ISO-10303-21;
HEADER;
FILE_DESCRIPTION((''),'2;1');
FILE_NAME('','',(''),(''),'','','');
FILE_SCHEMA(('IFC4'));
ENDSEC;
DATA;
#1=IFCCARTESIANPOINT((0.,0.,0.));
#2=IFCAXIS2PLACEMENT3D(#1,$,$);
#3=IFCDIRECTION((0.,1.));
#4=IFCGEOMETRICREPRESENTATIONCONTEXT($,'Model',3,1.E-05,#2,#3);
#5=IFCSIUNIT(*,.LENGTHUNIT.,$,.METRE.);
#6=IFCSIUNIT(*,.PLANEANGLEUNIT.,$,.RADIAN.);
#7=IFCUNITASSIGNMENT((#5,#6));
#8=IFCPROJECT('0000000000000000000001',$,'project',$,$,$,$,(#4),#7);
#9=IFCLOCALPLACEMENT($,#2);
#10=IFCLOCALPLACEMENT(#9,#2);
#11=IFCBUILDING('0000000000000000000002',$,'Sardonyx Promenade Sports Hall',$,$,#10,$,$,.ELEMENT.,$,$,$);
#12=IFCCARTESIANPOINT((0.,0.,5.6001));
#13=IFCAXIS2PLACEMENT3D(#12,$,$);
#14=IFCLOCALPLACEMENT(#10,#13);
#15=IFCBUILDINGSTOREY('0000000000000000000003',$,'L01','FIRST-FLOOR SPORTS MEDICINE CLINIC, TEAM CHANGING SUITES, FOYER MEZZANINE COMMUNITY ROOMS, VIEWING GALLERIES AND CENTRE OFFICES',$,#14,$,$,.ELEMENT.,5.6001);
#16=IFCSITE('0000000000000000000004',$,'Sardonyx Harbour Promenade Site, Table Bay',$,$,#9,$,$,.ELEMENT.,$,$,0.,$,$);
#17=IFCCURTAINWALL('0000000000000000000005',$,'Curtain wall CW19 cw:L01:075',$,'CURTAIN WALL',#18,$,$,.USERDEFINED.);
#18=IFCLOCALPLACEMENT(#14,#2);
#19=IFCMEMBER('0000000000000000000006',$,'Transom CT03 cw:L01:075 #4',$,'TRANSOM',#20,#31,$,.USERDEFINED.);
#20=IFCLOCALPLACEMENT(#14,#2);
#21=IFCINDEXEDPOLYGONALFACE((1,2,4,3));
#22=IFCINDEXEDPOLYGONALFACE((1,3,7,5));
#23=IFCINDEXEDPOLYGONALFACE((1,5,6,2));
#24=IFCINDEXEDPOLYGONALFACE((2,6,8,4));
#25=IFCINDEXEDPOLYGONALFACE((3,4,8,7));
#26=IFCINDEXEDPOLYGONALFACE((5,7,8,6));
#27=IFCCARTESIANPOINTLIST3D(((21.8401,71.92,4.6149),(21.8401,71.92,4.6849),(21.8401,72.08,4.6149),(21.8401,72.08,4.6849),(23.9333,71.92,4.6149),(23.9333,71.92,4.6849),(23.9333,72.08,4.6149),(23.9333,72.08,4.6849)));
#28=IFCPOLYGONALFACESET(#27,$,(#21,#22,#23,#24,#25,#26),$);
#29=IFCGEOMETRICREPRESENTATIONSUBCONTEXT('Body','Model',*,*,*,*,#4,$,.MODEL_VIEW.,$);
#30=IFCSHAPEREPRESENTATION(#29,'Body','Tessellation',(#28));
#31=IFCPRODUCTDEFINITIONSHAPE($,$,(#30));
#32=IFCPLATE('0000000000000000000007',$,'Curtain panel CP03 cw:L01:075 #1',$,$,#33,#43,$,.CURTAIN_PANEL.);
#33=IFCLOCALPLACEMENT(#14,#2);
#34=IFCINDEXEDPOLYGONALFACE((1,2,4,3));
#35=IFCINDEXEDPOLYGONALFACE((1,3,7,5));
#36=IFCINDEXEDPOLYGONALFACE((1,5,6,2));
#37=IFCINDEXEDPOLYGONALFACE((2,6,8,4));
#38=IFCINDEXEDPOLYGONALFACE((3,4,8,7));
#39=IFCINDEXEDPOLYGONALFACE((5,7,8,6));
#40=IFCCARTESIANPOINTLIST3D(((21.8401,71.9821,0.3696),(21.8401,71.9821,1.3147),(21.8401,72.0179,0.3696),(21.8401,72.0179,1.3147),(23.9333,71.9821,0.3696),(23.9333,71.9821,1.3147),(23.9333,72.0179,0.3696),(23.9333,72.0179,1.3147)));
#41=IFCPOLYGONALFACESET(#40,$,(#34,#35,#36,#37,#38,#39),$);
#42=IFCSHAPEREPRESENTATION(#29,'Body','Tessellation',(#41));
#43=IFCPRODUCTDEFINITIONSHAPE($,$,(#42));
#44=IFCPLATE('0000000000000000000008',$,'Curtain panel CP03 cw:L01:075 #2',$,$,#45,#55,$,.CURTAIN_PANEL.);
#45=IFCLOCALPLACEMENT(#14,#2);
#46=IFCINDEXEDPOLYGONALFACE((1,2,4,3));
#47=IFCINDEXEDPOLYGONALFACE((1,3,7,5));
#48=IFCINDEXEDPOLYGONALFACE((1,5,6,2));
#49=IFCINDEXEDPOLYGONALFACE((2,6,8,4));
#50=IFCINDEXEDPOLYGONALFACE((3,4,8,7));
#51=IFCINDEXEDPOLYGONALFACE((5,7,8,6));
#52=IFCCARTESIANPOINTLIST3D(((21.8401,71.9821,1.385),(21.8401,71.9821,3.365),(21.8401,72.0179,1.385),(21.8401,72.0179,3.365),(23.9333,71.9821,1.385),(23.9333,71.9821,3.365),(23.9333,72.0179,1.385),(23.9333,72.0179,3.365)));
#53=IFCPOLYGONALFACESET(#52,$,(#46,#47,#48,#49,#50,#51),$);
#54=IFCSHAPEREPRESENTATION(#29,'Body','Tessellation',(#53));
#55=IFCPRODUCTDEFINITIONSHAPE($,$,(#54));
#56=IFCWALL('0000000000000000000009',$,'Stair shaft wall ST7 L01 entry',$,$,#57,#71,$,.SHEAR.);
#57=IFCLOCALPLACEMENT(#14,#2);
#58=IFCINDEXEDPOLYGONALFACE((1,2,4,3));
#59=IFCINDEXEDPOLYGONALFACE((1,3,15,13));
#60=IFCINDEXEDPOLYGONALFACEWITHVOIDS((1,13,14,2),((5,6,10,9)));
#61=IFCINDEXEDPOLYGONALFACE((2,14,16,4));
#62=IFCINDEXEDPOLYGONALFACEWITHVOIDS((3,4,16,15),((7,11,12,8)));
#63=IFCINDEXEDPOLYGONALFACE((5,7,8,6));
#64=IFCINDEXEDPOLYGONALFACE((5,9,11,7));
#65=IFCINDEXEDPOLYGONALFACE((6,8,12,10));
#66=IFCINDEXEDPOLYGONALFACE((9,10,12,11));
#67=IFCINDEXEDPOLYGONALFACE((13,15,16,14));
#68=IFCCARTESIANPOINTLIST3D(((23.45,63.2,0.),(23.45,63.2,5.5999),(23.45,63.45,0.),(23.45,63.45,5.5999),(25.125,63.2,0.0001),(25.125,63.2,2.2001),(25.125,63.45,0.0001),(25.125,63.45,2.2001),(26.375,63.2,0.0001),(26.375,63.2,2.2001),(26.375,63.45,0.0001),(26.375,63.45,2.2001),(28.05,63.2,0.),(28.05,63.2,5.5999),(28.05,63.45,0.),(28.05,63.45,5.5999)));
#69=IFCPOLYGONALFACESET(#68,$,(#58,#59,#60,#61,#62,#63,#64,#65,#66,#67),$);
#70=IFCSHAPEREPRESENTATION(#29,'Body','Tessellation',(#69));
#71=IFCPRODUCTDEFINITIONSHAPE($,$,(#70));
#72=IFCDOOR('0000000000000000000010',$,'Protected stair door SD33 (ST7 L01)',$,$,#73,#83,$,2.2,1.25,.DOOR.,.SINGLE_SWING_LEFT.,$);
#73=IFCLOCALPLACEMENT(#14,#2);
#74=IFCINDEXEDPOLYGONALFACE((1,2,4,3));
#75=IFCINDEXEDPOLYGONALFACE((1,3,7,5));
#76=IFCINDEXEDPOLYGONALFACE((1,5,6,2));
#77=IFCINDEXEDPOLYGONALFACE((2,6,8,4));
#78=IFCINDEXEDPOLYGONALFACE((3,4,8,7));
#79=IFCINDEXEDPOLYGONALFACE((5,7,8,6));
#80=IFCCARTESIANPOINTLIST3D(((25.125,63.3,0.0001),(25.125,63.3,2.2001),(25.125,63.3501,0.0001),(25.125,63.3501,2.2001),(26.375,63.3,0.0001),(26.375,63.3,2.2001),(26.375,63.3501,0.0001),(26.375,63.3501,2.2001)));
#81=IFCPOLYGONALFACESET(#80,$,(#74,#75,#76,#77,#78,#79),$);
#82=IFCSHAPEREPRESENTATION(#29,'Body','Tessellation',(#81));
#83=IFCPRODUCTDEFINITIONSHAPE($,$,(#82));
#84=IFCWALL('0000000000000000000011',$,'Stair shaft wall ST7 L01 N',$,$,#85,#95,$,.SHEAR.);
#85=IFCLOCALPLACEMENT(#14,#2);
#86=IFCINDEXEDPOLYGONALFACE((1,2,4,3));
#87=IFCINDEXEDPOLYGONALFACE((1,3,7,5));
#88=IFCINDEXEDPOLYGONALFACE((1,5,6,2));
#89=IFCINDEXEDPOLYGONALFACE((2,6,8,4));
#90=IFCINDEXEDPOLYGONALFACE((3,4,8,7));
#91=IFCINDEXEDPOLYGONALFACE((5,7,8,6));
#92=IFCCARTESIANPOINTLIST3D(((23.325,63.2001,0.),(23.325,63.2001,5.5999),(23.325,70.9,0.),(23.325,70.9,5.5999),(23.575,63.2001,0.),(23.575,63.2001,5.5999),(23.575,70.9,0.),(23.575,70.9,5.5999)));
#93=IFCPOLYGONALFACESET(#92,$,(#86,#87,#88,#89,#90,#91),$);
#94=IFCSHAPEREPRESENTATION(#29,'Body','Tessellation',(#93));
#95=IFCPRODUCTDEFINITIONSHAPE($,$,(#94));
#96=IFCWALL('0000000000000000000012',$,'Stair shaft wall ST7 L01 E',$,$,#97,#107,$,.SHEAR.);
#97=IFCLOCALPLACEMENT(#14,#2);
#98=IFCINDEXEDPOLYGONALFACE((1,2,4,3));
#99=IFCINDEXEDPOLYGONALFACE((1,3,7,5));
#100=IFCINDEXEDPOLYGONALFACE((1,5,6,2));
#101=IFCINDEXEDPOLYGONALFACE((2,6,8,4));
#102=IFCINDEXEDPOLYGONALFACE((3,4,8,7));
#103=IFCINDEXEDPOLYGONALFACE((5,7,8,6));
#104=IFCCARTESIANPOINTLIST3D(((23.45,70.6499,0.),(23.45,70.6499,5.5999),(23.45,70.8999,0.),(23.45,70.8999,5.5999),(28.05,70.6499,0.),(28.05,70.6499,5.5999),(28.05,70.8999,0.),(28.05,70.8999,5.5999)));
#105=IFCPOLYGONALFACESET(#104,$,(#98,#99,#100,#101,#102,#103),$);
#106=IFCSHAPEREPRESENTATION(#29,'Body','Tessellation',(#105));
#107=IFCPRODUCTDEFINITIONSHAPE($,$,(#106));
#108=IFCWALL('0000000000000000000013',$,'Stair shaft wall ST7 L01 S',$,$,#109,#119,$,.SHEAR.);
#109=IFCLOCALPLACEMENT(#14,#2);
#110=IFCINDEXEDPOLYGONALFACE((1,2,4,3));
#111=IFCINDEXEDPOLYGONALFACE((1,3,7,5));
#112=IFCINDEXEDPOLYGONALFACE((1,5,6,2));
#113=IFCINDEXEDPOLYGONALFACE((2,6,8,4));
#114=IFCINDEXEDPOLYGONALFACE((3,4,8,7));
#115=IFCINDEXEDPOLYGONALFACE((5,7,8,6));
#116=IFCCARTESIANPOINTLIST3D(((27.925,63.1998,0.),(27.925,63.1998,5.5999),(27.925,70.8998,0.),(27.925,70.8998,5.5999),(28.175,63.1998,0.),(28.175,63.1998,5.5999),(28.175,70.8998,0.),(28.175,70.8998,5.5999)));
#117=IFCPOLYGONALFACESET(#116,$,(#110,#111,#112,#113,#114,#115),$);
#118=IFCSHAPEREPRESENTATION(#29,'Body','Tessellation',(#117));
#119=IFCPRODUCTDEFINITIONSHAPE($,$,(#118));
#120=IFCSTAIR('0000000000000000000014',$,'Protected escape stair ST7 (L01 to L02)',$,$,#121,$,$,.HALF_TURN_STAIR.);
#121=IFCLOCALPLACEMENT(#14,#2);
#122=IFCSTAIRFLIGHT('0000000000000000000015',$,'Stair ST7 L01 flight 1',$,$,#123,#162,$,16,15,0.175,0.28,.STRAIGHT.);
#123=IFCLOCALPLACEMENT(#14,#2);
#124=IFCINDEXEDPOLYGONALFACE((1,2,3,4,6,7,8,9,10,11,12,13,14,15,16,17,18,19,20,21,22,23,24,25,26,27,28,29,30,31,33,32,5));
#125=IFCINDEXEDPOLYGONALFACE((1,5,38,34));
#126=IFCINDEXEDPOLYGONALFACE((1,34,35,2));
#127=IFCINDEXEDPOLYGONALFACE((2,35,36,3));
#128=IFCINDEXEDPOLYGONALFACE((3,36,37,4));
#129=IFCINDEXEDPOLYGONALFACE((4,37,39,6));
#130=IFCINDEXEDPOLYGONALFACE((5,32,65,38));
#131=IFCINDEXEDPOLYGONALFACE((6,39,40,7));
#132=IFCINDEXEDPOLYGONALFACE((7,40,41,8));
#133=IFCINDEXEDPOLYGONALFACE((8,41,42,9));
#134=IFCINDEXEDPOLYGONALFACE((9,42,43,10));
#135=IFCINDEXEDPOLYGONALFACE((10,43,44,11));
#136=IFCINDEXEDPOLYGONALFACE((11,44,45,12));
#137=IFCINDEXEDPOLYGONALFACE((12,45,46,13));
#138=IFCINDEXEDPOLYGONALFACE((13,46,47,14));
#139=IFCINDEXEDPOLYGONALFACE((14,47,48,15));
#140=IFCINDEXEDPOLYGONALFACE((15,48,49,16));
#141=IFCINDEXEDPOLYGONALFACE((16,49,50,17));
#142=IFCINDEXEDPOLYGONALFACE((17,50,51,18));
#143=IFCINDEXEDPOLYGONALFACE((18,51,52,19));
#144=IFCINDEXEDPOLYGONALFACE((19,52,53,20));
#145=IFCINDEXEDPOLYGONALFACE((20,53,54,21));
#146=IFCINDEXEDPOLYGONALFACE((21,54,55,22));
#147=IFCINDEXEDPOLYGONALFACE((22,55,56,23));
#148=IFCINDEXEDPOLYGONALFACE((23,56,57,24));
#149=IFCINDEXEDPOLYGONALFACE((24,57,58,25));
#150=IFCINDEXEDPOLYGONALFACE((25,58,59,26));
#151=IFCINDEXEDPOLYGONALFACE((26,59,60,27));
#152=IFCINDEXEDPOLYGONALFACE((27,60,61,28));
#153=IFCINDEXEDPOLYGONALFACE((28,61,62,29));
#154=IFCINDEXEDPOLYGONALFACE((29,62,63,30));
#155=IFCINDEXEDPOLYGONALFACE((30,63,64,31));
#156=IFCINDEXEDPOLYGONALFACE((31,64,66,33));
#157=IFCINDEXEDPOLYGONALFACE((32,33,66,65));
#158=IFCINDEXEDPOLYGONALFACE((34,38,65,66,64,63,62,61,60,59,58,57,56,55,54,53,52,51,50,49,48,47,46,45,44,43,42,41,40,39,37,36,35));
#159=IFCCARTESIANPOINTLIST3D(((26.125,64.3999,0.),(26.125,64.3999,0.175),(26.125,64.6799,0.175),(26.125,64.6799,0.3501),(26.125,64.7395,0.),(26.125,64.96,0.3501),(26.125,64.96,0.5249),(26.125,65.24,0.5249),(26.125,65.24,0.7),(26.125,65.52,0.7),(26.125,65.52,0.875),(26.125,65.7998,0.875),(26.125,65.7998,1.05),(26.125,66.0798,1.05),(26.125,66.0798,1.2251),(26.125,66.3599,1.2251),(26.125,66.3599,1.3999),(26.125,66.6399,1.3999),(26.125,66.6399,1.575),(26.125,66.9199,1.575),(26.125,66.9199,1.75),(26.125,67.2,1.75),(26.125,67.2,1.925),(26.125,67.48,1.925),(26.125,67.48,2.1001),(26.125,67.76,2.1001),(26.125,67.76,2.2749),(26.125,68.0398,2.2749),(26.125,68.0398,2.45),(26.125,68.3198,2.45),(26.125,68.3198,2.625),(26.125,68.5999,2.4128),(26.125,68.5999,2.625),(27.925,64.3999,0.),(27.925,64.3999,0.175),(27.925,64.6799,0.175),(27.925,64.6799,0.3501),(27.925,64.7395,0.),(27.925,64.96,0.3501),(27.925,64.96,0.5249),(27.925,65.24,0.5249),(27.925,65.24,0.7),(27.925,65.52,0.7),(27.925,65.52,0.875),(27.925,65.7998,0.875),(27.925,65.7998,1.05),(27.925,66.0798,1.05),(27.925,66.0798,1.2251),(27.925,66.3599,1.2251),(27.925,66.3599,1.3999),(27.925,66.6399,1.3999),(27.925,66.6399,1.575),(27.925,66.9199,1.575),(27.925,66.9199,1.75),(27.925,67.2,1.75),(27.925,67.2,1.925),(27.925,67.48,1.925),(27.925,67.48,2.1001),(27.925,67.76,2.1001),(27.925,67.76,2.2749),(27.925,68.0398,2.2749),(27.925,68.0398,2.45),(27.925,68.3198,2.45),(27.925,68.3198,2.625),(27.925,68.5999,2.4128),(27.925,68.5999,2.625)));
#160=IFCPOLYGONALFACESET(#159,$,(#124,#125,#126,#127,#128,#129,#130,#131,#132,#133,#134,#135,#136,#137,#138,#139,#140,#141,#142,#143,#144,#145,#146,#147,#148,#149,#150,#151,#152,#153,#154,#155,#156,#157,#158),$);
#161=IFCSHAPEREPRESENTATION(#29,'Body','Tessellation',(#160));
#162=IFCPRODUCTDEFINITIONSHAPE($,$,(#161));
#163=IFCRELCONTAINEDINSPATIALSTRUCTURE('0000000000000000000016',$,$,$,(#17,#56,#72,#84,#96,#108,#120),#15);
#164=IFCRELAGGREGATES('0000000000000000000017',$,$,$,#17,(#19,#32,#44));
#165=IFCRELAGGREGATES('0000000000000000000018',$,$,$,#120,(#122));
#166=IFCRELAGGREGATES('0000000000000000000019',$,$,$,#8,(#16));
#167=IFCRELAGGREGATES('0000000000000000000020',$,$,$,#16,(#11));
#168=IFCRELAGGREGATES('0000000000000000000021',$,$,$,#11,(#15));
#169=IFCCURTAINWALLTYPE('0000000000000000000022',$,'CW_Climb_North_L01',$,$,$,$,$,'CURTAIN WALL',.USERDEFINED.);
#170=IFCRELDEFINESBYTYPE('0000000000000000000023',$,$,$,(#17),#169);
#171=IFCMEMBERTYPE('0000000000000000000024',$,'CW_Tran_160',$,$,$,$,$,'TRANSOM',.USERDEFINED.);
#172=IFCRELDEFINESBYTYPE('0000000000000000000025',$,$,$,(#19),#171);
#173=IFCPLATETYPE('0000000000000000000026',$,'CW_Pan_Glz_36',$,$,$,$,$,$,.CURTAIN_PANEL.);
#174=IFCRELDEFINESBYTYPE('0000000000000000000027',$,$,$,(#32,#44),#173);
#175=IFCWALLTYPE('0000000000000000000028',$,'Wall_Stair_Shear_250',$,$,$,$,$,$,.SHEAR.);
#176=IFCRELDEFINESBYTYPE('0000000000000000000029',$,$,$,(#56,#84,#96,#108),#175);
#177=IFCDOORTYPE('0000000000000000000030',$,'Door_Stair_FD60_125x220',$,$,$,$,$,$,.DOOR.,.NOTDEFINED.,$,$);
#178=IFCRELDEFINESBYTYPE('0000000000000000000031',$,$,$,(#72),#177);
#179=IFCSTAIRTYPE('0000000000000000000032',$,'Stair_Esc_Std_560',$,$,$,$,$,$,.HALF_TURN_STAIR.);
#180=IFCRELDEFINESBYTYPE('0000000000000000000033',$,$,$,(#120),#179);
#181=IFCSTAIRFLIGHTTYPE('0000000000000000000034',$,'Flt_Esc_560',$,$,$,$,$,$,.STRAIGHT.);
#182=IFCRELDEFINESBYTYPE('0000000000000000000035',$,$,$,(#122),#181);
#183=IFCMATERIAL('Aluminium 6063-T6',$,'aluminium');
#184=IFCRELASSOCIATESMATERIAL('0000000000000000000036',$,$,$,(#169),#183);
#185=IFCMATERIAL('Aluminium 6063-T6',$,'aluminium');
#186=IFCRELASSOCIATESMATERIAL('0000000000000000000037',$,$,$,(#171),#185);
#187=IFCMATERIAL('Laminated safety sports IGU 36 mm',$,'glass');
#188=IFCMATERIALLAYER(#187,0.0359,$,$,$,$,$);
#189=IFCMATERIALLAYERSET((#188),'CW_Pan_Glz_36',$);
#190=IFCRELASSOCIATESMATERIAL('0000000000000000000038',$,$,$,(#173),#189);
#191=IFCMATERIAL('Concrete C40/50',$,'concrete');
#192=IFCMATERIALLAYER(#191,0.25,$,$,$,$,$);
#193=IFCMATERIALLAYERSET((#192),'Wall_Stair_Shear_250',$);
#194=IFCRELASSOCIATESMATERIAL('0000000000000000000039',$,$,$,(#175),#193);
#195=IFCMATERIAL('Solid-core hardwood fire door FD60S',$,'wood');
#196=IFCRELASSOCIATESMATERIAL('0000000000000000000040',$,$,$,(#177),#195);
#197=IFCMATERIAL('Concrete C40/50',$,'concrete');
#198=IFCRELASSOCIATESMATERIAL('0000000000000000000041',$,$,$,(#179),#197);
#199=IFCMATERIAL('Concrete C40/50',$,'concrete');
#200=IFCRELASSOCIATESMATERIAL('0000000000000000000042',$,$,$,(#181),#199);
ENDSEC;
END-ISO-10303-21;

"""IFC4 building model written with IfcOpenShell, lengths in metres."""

from ifc_helpers import new_model, si_unit, direction, frame, frame_2d, origin, origin_2d, place, context, subcontext, project, spatial, polyline, rectangle, outline, extrude, material, layer, layer_set, material_profile, profile_set, type_object, element, fill, aggregate, save


model = new_model("IFC4")

# Units and contexts
model_context = context("Model", 3, precision=1e-05, world=origin(), true_north=direction((0.0, 1.0)))
body_context = subcontext(model_context, "Body", "Model", "MODEL_VIEW")
ifc_project = project(units=[si_unit("LENGTHUNIT", "METRE"), si_unit("PLANEANGLEUNIT", "RADIAN")], contexts=[model_context])

# Site, building, storey
site_placement = place(None, origin())
site = spatial("IfcSite", under=ifc_project, at=site_placement, Name="Sardonyx Harbour Promenade Site, Table Bay", CompositionType="ELEMENT", RefElevation=0.0)
building_placement = place(site_placement, origin())
building = spatial("IfcBuilding", under=site, at=building_placement, Name="Sardonyx Promenade Sports Hall", CompositionType="ELEMENT")
storey_placement = place(building_placement, frame((0.0, 0.0, 5.6001)))
storey = spatial("IfcBuildingStorey", under=building, at=storey_placement, Name="L01", Description="FIRST-FLOOR SPORTS MEDICINE CLINIC, TEAM CHANGING SUITES, FOYER MEZZANINE COMMUNITY ROOMS, VIEWING GALLERIES AND CENTRE OFFICES", CompositionType="ELEMENT", Elevation=5.6001)

# Curtain wall, member, plates
ifc_material_1 = material(Name="Aluminium 6063-T6", Category="aluminium")
curtain_wall_type = type_object("IfcCurtainWallType", Name="CW_Climb_North_L01", ElementType="CURTAIN WALL", PredefinedType="USERDEFINED", material=ifc_material_1)
curtain_wall_placement = place(storey_placement, origin())
curtain_wall = element("IfcCurtainWall", 1, at=curtain_wall_placement, inside=storey, type_object=curtain_wall_type, Name="Curtain wall CW19 cw:L01:075", ObjectType="CURTAIN WALL", PredefinedType="USERDEFINED")
ifc_material_2 = material(Name="Aluminium 6063-T6", Category="aluminium")
ifc_material_profile_1 = material_profile(ifc_material_2, rectangle(XDim=0.0701, YDim=0.1599, at=origin_2d()))
ifc_profile_set_1 = profile_set([ifc_material_profile_1], Name="Aluminium 6063-T6")
member_type_1 = type_object("IfcMemberType", Name="CW_Tran_160", ElementType="TRANSOM", PredefinedType="USERDEFINED", material=ifc_profile_set_1)
member_1_placement = place(storey_placement, frame((21.8401, 72.0, 4.6499), z_axis=(1.0, 0.0, 0.0), x_axis=(0.0, 0.0, 1.0)))
member_1 = element("IfcMember", 2, at=member_1_placement, type_object=member_type_1, Name="Transom CT03 cw:L01:075 #4", ObjectType="TRANSOM", PredefinedType="USERDEFINED", context=body_context, shape_type="SweptSolid", body=[
    extrude(rectangle(XDim=0.0701, YDim=0.1599, at=origin_2d()), origin(), (0.0, 0.0, 1.0), 2.0933),
])
ifc_material_3 = material(Name="Laminated safety sports IGU 36 mm", Category="glass")
ifc_layer_1 = layer(ifc_material_3, 0.0359)
ifc_layer_set_1 = layer_set([ifc_layer_1], Name="CW_Pan_Glz_36")
plate_type = type_object("IfcPlateType", Name="CW_Pan_Glz_36", PredefinedType="CURTAIN_PANEL", material=ifc_layer_set_1)
plate_1_placement = place(storey_placement, frame((22.8867, 72.0, 0.3696), z_axis=(0.0, 0.0, 1.0), x_axis=(1.0, 0.0, 0.0)))
plate_1 = element("IfcPlate", 3, at=plate_1_placement, type_object=plate_type, Name="Curtain panel CP03 cw:L01:075 #1", PredefinedType="CURTAIN_PANEL", context=body_context, shape_type="SweptSolid", body=[
    extrude(rectangle(XDim=2.0933, YDim=0.0359, at=origin_2d()), origin(), (0.0, 0.0, 1.0), 0.9451),
])
plate_2_placement = place(storey_placement, frame((22.8867, 72.0, 1.385), z_axis=(0.0, 0.0, 1.0), x_axis=(1.0, 0.0, 0.0)))
plate_2 = element("IfcPlate", 4, at=plate_2_placement, type_object=plate_type, Name="Curtain panel CP03 cw:L01:075 #2", PredefinedType="CURTAIN_PANEL", context=body_context, shape_type="SweptSolid", body=[
    extrude(rectangle(XDim=2.0933, YDim=0.0359, at=origin_2d()), origin(), (0.0, 0.0, 1.0), 1.98),
])
aggregate(curtain_wall, [member_1, plate_1, plate_2])

# Wall, opening, door
ifc_material_4 = material(Name="Concrete C40/50", Category="concrete")
ifc_layer_2 = layer(ifc_material_4, 0.25)
ifc_layer_set_2 = layer_set([ifc_layer_2], Name="Wall_Stair_Shear_250")
wall_type = type_object("IfcWallType", Name="Wall_Stair_Shear_250", PredefinedType="SHEAR", material=ifc_layer_set_2)
wall_1_placement = place(storey_placement, frame((28.05, 63.325, 0.0), z_axis=(0.0, 0.0, 1.0), x_axis=(-1.0, 0.0, 0.0)))
wall_1 = element("IfcWall", 5, at=wall_1_placement, inside=storey, type_object=wall_type, Name="Stair shaft wall ST7 L01 entry", PredefinedType="SHEAR", context=body_context, shape_type="SweptSolid", body=[
    extrude(rectangle(XDim=4.6001, YDim=0.25, at=frame_2d((2.3, 0.0))), origin(), (0.0, 0.0, 1.0), 5.5999),
])
opening_placement = place(wall_1_placement, frame((1.675, 0.0, 0.0)))
opening = element("IfcOpeningElement", 6, at=opening_placement, cuts=wall_1, PredefinedType="OPENING", context=body_context, shape_type="SweptSolid", body=[
    extrude(rectangle(XDim=1.25, YDim=2.2, at=frame_2d((0.625, 1.1001))), frame((0.0, 0.135, 0.0), z_axis=(0.0, -1.0, 0.0), x_axis=(1.0, 0.0, 0.0)), (0.0, 0.0, 1.0), 0.27),
])
ifc_material_5 = material(Name="Solid-core hardwood fire door FD60S", Category="wood")
door_type = type_object("IfcDoorType", Name="Door_Stair_FD60_125x220", OperationType="NOTDEFINED", PredefinedType="DOOR", material=ifc_material_5)
door_placement = place(opening_placement, origin())
door = element("IfcDoor", 7, at=door_placement, inside=storey, type_object=door_type, Name="Protected stair door SD33 (ST7 L01)", OperationType="SINGLE_SWING_LEFT", OverallHeight=2.2, OverallWidth=1.25, PredefinedType="DOOR", context=body_context, shape_type="SweptSolid", body=[
    extrude(rectangle(XDim=1.25, YDim=2.2, at=frame_2d((0.625, 1.1001))), frame((0.0, 0.0249, 0.0), z_axis=(0.0, -1.0, 0.0), x_axis=(1.0, 0.0, 0.0)), (0.0, 0.0, 1.0), 0.05),
])
fill(opening, door)

# Walls
wall_2_placement = place(storey_placement, frame((23.45, 63.2, 0.0), z_axis=(0.0, 0.0, 1.0), x_axis=(0.0, 1.0, 0.0)))
element("IfcWall", 8, at=wall_2_placement, inside=storey, type_object=wall_type, Name="Stair shaft wall ST7 L01 N", PredefinedType="SHEAR", context=body_context, shape_type="SweptSolid", body=[
    extrude(rectangle(XDim=7.7, YDim=0.25, at=frame_2d((3.8501, 0.0))), origin(), (0.0, 0.0, 1.0), 5.5999),
])
wall_3_placement = place(storey_placement, frame((23.45, 70.7749, 0.0), z_axis=(0.0, 0.0, 1.0), x_axis=(1.0, 0.0, 0.0)))
element("IfcWall", 9, at=wall_3_placement, inside=storey, type_object=wall_type, Name="Stair shaft wall ST7 L01 E", PredefinedType="SHEAR", context=body_context, shape_type="SweptSolid", body=[
    extrude(rectangle(XDim=4.6001, YDim=0.25, at=frame_2d((2.3, 0.0))), origin(), (0.0, 0.0, 1.0), 5.5999),
])
wall_4_placement = place(storey_placement, frame((28.05, 70.8999, 0.0), z_axis=(0.0, 0.0, 1.0), x_axis=(0.0, -1.0, 0.0)))
element("IfcWall", 10, at=wall_4_placement, inside=storey, type_object=wall_type, Name="Stair shaft wall ST7 L01 S", PredefinedType="SHEAR", context=body_context, shape_type="SweptSolid", body=[
    extrude(rectangle(XDim=7.7, YDim=0.25, at=frame_2d((3.8501, 0.0))), origin(), (0.0, 0.0, 1.0), 5.5999),
])

# Stair, stair flight
ifc_material_6 = material(Name="Concrete C40/50", Category="concrete")
stair_type = type_object("IfcStairType", Name="Stair_Esc_Std_560", PredefinedType="HALF_TURN_STAIR", material=ifc_material_6)
stair_placement = place(storey_placement, origin())
stair = element("IfcStair", 11, at=stair_placement, inside=storey, type_object=stair_type, Name="Protected escape stair ST7 (L01 to L02)", PredefinedType="HALF_TURN_STAIR")
ifc_material_7 = material(Name="Concrete C40/50", Category="concrete")
stair_flight_type = type_object("IfcStairFlightType", Name="Flt_Esc_560", PredefinedType="STRAIGHT", material=ifc_material_7)
stair_flight_1_placement = place(storey_placement, frame((27.0249, 64.3999, 0.0), z_axis=(0.0, 0.0, 1.0), x_axis=(0.0, 1.0, 0.0)))
stair_flight_1 = element("IfcStairFlight", 12, at=stair_flight_1_placement, type_object=stair_flight_type, Name="Stair ST7 L01 flight 1", NumberOfRisers=16, NumberOfTreads=15, PredefinedType="STRAIGHT", RiserHeight=0.175, TreadLength=0.28, context=body_context, shape_type="SweptSolid", body=[
    extrude(outline(polyline([(0.0, 0.0), (0.0, 0.175), (0.28, 0.175), (0.28, 0.3501), (0.5601, 0.3501), (0.5601, 0.5249), (0.8401, 0.5249), (0.8401, 0.7), (1.1201, 0.7), (1.1201, 0.875), (1.3999, 0.875), (1.3999, 1.05), (1.6799, 1.05), (1.6799, 1.2251), (1.96, 1.2251), (1.96, 1.3999), (2.24, 1.3999), (2.24, 1.575), (2.52, 1.575), (2.52, 1.75), (2.8, 1.75), (2.8, 1.925), (3.0801, 1.925), (3.0801, 2.1001), (3.3601, 2.1001), (3.3601, 2.2749), (3.6399, 2.2749), (3.6399, 2.45), (3.9199, 2.45), (3.9199, 2.625), (4.2, 2.625), (4.2, 2.8), (4.2, 2.4128), (0.3396, 0.0), (0.0, 0.0)])), frame((0.0, 0.8999, 0.0), z_axis=(0.0, -1.0, 0.0), x_axis=(1.0, 0.0, 0.0)), (0.0, 0.0, 1.0), 1.8),
])
aggregate(stair, [stair_flight_1])

save(model, "model.ifc")
